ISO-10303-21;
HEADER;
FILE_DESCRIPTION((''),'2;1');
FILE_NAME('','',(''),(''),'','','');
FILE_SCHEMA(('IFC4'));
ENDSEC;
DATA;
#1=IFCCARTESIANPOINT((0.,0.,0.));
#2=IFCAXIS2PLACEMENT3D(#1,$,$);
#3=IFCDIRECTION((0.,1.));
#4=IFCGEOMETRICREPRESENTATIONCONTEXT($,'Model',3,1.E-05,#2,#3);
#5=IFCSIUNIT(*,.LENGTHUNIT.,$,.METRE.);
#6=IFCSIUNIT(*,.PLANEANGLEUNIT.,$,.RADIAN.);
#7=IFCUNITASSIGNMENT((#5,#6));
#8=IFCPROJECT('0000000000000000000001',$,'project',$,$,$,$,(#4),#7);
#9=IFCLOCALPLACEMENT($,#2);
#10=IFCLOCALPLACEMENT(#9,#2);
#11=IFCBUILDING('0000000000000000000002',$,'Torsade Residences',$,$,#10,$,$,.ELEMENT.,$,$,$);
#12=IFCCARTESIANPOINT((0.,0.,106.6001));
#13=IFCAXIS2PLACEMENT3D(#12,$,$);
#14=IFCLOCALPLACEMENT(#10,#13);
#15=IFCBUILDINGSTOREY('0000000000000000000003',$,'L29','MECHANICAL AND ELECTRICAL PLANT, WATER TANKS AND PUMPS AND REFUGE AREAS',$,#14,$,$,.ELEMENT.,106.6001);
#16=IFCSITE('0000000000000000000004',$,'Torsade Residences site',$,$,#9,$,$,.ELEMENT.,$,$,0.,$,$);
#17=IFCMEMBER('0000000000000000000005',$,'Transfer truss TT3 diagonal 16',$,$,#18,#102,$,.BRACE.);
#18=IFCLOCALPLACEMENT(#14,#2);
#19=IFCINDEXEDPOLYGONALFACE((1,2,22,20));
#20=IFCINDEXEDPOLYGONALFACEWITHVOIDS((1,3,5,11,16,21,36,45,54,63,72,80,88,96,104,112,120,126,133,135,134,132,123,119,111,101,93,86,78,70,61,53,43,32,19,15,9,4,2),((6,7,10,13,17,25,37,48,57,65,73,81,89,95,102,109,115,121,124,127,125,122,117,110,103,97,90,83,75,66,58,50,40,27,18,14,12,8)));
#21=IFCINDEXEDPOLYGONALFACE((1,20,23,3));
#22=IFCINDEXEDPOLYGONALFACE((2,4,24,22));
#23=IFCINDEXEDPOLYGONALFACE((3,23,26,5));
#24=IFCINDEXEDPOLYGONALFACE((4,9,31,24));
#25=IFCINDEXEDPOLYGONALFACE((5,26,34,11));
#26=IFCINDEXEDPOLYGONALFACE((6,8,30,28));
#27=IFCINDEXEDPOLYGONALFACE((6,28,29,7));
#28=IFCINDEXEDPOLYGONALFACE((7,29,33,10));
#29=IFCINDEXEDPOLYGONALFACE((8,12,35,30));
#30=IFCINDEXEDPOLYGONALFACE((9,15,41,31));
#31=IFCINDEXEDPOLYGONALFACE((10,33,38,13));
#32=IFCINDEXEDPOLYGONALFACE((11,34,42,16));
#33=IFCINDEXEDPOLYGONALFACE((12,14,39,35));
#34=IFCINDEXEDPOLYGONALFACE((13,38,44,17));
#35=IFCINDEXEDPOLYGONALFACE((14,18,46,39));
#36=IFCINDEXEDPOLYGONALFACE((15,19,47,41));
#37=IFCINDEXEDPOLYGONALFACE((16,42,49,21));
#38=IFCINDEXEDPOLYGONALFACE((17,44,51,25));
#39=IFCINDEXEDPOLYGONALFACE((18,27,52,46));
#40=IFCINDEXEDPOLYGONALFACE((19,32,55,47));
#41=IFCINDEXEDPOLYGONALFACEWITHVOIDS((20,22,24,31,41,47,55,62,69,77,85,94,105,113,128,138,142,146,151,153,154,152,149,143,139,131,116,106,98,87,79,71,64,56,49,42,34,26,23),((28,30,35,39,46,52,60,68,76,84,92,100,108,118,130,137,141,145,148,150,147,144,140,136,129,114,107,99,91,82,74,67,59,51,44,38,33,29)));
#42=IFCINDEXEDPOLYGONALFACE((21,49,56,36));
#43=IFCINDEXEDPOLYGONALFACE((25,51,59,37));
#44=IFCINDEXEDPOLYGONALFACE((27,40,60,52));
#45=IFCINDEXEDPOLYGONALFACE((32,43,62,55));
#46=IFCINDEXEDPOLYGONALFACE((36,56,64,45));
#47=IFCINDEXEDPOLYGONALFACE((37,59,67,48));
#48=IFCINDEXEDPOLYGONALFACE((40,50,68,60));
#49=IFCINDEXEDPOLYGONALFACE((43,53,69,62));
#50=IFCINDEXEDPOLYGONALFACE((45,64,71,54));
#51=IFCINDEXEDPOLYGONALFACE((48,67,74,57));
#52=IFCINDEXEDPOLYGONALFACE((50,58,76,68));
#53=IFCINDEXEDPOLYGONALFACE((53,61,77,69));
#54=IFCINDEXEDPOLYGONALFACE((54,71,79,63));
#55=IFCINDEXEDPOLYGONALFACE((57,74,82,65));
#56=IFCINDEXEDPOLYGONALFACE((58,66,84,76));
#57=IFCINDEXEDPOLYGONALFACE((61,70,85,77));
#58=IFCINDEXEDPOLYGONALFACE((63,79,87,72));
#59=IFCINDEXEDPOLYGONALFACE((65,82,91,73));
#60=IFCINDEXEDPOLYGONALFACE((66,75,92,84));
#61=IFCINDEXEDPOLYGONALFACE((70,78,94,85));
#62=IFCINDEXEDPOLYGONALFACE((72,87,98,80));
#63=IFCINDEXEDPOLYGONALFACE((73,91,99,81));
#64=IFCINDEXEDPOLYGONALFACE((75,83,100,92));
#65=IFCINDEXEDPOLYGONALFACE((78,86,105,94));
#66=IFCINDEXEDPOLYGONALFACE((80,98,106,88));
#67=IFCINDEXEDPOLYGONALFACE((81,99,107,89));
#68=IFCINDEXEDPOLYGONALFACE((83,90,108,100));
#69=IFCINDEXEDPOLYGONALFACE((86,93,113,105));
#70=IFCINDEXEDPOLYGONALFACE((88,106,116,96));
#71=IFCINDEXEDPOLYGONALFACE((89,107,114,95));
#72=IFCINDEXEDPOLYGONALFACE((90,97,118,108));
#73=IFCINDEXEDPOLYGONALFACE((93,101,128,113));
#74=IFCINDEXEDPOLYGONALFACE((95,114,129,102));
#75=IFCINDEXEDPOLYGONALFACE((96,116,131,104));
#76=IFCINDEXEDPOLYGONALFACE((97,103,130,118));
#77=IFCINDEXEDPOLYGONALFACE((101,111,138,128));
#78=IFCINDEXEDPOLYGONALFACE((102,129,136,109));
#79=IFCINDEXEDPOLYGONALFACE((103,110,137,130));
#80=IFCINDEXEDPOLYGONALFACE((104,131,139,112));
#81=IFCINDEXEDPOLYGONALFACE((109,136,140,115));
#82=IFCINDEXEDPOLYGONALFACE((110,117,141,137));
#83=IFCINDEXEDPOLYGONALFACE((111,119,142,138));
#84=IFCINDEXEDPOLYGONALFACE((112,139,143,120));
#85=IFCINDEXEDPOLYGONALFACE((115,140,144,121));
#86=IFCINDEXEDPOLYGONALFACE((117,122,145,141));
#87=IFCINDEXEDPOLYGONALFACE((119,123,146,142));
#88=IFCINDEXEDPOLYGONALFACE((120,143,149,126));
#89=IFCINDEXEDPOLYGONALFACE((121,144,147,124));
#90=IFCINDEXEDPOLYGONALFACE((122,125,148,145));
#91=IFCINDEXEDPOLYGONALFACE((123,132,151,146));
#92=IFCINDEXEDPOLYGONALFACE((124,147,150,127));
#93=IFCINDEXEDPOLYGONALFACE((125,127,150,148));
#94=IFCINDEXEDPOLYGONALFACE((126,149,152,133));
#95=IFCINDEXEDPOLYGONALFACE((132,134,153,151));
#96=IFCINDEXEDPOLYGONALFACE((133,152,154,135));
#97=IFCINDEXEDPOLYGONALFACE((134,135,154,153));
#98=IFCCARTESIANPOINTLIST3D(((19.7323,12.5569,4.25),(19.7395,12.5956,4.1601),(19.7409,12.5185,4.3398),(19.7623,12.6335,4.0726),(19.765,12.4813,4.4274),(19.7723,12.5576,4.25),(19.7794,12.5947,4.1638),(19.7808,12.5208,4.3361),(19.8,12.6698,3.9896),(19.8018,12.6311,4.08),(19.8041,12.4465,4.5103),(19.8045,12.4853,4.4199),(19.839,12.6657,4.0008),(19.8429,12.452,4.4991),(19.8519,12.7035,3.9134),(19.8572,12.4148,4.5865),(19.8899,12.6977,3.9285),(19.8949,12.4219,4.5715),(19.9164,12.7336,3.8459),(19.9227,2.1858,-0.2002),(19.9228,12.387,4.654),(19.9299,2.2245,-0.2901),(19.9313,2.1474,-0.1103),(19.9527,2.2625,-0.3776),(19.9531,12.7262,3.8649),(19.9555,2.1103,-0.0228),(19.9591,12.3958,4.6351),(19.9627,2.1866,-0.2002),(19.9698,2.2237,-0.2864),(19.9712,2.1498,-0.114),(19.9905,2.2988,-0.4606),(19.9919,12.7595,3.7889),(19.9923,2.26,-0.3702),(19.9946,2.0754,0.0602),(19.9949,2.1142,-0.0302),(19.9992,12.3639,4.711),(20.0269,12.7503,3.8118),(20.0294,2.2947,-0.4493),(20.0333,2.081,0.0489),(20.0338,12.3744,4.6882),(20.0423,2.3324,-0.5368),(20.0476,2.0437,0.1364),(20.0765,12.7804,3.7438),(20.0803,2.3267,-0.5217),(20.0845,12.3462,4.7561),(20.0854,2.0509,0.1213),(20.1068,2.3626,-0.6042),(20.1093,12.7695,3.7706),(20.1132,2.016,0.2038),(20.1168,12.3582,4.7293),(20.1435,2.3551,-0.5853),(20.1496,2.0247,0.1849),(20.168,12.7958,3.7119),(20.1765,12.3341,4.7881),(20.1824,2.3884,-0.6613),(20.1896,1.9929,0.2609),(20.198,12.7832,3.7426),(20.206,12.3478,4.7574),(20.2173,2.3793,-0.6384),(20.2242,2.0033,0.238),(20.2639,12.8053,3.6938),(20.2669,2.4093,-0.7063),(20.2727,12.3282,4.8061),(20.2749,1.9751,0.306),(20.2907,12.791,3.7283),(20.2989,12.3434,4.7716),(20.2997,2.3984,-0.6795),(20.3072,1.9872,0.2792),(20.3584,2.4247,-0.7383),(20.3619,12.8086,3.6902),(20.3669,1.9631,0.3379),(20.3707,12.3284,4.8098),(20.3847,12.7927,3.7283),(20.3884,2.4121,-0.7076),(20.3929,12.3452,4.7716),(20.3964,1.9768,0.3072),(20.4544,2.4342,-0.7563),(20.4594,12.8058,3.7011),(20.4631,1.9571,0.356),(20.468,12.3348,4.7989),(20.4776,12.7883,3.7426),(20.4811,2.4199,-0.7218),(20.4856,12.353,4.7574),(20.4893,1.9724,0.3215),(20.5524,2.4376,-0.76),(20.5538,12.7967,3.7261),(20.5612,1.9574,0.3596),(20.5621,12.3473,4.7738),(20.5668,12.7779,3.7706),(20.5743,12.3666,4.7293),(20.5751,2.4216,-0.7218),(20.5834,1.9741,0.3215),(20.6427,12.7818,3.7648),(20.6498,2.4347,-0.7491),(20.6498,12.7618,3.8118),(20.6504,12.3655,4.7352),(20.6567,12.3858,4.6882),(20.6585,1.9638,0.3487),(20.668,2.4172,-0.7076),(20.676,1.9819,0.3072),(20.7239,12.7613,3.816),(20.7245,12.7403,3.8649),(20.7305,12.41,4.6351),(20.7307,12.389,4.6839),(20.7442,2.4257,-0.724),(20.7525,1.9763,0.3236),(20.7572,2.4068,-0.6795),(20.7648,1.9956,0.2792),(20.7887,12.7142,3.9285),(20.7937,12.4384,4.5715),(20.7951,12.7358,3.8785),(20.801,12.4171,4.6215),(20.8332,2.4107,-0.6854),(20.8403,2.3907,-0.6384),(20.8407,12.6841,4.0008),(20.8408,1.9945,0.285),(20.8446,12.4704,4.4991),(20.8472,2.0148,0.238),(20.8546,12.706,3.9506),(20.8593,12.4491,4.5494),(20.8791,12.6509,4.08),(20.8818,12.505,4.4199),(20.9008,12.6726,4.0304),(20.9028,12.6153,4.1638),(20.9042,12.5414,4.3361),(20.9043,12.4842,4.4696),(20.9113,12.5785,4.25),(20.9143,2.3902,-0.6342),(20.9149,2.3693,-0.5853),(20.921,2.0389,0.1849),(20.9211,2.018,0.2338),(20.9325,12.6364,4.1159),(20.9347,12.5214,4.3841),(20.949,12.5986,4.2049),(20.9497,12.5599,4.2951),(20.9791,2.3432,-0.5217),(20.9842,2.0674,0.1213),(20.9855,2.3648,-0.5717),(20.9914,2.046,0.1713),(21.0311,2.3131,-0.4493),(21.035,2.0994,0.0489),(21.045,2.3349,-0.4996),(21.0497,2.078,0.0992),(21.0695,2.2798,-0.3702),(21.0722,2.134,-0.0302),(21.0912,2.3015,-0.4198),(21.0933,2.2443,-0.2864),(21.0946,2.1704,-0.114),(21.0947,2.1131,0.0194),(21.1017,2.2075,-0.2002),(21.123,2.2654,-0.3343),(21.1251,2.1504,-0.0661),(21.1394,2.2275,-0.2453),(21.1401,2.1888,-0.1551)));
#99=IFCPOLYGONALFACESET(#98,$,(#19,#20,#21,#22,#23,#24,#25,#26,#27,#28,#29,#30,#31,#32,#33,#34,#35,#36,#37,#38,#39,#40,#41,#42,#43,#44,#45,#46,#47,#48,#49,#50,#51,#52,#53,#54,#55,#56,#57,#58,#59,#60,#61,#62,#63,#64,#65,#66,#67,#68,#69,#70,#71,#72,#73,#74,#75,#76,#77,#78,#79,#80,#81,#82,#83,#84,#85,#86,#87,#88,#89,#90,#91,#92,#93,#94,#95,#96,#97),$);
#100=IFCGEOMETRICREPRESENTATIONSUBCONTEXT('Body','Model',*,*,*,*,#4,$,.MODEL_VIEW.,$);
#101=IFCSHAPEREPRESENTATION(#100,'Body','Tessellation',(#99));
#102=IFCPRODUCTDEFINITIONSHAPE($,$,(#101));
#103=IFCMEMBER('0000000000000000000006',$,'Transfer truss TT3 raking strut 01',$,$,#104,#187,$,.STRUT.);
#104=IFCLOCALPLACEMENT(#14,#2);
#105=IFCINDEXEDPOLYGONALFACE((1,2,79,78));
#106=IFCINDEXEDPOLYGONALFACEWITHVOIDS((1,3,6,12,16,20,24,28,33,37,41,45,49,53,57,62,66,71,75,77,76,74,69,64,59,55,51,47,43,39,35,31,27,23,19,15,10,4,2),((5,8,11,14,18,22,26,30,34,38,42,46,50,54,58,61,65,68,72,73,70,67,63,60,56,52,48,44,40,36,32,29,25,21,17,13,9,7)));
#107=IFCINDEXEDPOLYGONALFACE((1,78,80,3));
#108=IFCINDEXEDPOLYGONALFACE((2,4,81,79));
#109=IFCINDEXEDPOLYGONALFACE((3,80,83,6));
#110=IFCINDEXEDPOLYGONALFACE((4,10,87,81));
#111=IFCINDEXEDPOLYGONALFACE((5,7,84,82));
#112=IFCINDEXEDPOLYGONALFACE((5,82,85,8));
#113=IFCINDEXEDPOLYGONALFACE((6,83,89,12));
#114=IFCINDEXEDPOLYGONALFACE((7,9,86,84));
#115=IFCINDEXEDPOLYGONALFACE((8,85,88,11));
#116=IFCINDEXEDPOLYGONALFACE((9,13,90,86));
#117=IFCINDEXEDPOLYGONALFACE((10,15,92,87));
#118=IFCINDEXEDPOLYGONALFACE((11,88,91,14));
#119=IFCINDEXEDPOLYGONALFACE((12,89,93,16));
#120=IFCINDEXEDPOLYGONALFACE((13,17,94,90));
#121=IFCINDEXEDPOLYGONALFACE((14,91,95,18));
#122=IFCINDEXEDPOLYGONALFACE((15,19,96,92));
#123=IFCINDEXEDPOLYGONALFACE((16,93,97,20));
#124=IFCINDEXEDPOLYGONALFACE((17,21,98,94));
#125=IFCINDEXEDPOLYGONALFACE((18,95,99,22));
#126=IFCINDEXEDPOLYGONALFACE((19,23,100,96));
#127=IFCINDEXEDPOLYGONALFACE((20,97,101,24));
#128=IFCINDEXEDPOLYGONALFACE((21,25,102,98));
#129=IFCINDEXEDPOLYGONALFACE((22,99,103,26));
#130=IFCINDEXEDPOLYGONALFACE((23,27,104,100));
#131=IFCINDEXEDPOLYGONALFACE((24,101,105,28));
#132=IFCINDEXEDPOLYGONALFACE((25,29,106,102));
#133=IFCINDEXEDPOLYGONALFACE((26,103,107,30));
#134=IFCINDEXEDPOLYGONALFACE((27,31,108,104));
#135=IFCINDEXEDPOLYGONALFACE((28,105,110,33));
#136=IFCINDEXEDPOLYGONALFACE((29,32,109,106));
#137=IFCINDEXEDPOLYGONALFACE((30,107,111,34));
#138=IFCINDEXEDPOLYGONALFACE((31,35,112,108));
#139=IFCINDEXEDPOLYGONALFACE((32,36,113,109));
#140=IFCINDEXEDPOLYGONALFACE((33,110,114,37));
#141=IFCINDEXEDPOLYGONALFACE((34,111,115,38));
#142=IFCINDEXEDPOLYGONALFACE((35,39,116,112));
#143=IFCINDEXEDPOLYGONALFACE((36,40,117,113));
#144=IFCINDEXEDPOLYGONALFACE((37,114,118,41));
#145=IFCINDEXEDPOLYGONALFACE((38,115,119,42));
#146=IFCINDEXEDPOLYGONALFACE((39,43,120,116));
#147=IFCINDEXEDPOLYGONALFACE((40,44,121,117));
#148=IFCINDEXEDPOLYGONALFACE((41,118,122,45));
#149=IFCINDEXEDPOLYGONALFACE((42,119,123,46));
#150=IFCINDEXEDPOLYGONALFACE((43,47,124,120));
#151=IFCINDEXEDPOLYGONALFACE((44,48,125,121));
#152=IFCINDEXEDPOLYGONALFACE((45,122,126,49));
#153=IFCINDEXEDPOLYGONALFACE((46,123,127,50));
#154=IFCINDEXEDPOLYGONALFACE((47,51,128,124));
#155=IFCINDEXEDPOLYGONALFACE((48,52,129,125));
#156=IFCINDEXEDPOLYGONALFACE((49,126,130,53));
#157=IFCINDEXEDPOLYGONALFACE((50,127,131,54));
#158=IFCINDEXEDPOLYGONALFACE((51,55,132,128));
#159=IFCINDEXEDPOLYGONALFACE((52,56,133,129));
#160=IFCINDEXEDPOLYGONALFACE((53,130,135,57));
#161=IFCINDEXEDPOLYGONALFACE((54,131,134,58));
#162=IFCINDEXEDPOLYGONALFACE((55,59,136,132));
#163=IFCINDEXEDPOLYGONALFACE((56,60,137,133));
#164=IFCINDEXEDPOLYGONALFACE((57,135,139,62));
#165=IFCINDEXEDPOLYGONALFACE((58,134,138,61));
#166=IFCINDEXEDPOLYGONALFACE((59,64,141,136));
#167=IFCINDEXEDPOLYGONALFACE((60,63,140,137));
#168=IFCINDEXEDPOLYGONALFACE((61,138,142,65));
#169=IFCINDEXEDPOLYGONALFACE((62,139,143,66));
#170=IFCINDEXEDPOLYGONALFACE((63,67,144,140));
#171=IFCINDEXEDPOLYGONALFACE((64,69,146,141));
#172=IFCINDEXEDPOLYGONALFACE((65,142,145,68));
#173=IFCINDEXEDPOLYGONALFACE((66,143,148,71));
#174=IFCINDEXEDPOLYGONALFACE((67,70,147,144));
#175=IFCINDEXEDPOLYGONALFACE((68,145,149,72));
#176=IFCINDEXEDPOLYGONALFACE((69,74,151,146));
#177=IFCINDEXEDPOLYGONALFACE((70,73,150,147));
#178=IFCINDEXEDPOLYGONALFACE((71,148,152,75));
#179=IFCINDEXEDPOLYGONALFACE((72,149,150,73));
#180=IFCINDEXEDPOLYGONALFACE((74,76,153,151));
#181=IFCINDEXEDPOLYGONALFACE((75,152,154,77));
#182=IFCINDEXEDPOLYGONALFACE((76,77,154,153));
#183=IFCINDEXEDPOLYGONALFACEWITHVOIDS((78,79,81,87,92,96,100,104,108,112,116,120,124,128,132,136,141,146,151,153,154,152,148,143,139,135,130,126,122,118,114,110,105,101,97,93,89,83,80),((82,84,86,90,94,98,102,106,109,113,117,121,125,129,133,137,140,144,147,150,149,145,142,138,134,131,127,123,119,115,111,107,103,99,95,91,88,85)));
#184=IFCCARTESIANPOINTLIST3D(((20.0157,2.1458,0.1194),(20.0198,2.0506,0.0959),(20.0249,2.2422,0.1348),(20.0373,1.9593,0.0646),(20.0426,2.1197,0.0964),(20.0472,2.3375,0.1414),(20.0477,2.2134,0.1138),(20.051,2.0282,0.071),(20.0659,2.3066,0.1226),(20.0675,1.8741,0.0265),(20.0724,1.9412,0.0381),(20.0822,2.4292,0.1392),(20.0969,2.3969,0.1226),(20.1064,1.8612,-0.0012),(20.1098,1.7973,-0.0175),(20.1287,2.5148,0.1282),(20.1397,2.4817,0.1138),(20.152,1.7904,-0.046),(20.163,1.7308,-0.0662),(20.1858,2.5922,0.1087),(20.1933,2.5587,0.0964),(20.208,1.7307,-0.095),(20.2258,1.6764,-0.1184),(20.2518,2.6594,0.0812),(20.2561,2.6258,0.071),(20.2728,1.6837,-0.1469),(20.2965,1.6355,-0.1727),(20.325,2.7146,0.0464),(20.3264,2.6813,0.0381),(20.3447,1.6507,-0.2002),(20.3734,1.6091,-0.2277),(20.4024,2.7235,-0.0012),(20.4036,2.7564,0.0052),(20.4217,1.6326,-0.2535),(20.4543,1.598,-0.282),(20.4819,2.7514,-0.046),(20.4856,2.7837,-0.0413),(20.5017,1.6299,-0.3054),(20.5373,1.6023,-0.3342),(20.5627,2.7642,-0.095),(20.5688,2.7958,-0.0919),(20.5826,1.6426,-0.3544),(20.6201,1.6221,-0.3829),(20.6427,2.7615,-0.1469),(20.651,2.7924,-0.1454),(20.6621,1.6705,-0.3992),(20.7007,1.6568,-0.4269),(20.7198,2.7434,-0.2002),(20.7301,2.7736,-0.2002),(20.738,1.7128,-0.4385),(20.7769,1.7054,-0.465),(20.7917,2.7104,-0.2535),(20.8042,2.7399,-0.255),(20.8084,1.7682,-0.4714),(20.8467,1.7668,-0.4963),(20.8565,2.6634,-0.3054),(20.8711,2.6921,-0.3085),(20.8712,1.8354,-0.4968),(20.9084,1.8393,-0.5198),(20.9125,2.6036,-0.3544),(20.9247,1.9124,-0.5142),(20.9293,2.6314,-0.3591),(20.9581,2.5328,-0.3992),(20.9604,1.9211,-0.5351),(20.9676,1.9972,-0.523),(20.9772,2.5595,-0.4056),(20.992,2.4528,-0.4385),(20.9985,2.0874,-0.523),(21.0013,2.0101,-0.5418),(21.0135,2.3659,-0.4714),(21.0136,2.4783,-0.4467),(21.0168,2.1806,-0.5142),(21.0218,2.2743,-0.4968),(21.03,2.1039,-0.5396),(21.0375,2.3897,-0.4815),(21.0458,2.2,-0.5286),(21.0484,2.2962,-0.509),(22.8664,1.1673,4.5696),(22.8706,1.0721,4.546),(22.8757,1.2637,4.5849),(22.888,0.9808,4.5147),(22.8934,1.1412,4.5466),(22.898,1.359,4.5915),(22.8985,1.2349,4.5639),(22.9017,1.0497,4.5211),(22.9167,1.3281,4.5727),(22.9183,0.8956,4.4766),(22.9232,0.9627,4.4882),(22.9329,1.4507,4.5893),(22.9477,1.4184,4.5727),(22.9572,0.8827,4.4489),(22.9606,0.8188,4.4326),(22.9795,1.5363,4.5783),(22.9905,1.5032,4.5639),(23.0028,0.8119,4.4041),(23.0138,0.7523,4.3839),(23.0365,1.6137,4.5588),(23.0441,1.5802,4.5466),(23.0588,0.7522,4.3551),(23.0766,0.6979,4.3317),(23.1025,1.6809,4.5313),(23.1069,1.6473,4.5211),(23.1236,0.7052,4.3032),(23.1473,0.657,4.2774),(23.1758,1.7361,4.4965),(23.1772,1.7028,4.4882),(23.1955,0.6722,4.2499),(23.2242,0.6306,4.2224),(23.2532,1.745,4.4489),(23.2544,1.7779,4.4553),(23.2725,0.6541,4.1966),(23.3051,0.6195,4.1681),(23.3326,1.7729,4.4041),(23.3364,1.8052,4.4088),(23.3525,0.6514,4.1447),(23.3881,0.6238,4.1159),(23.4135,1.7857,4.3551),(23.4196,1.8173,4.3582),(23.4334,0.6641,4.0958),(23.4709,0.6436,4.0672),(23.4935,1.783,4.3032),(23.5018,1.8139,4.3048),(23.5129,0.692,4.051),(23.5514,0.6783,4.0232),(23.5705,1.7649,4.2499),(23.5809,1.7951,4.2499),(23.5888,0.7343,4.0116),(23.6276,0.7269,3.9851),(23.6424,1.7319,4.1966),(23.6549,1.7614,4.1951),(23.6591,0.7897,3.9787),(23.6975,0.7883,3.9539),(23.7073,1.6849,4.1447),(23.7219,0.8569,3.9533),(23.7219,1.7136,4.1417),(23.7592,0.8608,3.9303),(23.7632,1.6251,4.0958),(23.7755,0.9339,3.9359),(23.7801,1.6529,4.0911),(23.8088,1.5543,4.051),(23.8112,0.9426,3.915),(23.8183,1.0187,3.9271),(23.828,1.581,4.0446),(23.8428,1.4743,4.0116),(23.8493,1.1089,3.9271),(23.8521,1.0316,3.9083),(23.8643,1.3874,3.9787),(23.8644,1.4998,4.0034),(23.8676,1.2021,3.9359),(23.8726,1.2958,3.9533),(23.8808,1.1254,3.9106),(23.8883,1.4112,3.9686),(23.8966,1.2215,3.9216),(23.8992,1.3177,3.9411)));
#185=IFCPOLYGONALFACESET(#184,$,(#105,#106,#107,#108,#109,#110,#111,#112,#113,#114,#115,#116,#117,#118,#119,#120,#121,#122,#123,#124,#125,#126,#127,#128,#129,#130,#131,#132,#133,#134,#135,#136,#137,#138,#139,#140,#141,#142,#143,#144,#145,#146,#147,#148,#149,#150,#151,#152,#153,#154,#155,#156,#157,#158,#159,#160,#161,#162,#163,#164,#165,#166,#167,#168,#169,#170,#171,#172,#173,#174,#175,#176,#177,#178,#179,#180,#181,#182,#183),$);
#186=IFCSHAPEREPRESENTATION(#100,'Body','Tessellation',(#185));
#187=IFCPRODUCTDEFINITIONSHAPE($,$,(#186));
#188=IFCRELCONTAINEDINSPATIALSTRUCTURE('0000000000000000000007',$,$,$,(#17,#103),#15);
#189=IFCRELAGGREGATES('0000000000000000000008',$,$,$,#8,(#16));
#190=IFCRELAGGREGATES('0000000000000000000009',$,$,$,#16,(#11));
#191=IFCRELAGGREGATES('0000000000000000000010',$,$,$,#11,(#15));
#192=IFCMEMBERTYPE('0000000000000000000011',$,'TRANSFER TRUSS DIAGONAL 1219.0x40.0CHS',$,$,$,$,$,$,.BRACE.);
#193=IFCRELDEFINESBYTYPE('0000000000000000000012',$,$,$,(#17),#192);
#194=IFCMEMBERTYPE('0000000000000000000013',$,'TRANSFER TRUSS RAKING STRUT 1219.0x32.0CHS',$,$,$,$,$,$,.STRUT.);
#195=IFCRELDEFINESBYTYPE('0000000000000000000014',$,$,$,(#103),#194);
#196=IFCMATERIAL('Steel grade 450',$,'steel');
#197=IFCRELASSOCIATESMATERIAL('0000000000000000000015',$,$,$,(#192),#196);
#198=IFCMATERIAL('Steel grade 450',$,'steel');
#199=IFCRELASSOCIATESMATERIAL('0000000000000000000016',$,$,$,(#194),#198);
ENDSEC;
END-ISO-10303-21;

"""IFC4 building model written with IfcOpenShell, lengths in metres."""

from ifc_helpers import new_model, si_unit, direction, frame, origin, origin_2d, place, context, subcontext, project, spatial, hollow_circle, extrude, material, material_profile, profile_set, type_object, element, save


model = new_model("IFC4")

# Units and contexts
model_context = context("Model", 3, precision=1e-05, world=origin(), true_north=direction((0.0, 1.0)))
body_context = subcontext(model_context, "Body", "Model", "MODEL_VIEW")
ifc_project = project(units=[si_unit("LENGTHUNIT", "METRE"), si_unit("PLANEANGLEUNIT", "RADIAN")], contexts=[model_context])

# Site, building, storey
site_placement = place(None, origin())
site = spatial("IfcSite", under=ifc_project, at=site_placement, Name="Torsade Residences site", CompositionType="ELEMENT", RefElevation=0.0)
building_placement = place(site_placement, origin())
building = spatial("IfcBuilding", under=site, at=building_placement, Name="Torsade Residences", CompositionType="ELEMENT")
storey_placement = place(building_placement, frame((0.0, 0.0, 106.6001)))
storey = spatial("IfcBuildingStorey", under=building, at=storey_placement, Name="L29", Description="MECHANICAL AND ELECTRICAL PLANT, WATER TANKS AND PUMPS AND REFUGE AREAS", CompositionType="ELEMENT", Elevation=106.6001)

# Members
ifc_material_1 = material(Name="Steel grade 450", Category="steel")
ifc_material_profile_1 = material_profile(ifc_material_1, hollow_circle(Radius=0.6096, WallThickness=0.04, at=origin_2d()), Name="1219.0x40.0CHS")
ifc_profile_set_1 = profile_set([ifc_material_profile_1], Name="Steel grade 450")
member_type_1 = type_object("IfcMemberType", Name="TRANSFER TRUSS DIAGONAL 1219.0x40.0CHS", PredefinedType="BRACE", material=ifc_profile_set_1)
member_1_placement = place(storey_placement, frame((20.5322, 2.197, -0.2002), z_axis=(-0.016871, 0.91884, 0.39427), x_axis=(-0.999831, -0.018358, 0.0)))
element("IfcMember", 1, at=member_1_placement, inside=storey, type_object=member_type_1, Name="Transfer truss TT3 diagonal 16", PredefinedType="BRACE", context=body_context, shape_type="SweptSolid", body=[
    extrude(hollow_circle(Radius=0.6096, WallThickness=0.04, at=origin_2d()), origin(), (0.0, 0.0, 1.0), 11.2871),
])
ifc_material_2 = material(Name="Steel grade 450", Category="steel")
ifc_material_profile_2 = material_profile(ifc_material_2, hollow_circle(Radius=0.6096, WallThickness=0.032, at=origin_2d()), Name="1219.0x32.0CHS")
ifc_profile_set_2 = profile_set([ifc_material_profile_2], Name="Steel grade 450")
member_type_2 = type_object("IfcMemberType", Name="TRANSFER TRUSS RAKING STRUT 1219.0x32.0CHS", PredefinedType="STRUT", material=ifc_profile_set_2)
member_2_placement = place(storey_placement, frame((20.5322, 2.197, -0.2002), z_axis=(0.530402, -0.182055, 0.827967), x_axis=(0.324647, 0.945835, 0.0)))
element("IfcMember", 2, at=member_2_placement, inside=storey, type_object=member_type_2, Name="Transfer truss TT3 raking strut 01", PredefinedType="STRUT", context=body_context, shape_type="SweptSolid", body=[
    extrude(hollow_circle(Radius=0.6096, WallThickness=0.032, at=origin_2d()), origin(), (0.0, 0.0, 1.0), 5.3748),
])

save(model, "model.ifc")
